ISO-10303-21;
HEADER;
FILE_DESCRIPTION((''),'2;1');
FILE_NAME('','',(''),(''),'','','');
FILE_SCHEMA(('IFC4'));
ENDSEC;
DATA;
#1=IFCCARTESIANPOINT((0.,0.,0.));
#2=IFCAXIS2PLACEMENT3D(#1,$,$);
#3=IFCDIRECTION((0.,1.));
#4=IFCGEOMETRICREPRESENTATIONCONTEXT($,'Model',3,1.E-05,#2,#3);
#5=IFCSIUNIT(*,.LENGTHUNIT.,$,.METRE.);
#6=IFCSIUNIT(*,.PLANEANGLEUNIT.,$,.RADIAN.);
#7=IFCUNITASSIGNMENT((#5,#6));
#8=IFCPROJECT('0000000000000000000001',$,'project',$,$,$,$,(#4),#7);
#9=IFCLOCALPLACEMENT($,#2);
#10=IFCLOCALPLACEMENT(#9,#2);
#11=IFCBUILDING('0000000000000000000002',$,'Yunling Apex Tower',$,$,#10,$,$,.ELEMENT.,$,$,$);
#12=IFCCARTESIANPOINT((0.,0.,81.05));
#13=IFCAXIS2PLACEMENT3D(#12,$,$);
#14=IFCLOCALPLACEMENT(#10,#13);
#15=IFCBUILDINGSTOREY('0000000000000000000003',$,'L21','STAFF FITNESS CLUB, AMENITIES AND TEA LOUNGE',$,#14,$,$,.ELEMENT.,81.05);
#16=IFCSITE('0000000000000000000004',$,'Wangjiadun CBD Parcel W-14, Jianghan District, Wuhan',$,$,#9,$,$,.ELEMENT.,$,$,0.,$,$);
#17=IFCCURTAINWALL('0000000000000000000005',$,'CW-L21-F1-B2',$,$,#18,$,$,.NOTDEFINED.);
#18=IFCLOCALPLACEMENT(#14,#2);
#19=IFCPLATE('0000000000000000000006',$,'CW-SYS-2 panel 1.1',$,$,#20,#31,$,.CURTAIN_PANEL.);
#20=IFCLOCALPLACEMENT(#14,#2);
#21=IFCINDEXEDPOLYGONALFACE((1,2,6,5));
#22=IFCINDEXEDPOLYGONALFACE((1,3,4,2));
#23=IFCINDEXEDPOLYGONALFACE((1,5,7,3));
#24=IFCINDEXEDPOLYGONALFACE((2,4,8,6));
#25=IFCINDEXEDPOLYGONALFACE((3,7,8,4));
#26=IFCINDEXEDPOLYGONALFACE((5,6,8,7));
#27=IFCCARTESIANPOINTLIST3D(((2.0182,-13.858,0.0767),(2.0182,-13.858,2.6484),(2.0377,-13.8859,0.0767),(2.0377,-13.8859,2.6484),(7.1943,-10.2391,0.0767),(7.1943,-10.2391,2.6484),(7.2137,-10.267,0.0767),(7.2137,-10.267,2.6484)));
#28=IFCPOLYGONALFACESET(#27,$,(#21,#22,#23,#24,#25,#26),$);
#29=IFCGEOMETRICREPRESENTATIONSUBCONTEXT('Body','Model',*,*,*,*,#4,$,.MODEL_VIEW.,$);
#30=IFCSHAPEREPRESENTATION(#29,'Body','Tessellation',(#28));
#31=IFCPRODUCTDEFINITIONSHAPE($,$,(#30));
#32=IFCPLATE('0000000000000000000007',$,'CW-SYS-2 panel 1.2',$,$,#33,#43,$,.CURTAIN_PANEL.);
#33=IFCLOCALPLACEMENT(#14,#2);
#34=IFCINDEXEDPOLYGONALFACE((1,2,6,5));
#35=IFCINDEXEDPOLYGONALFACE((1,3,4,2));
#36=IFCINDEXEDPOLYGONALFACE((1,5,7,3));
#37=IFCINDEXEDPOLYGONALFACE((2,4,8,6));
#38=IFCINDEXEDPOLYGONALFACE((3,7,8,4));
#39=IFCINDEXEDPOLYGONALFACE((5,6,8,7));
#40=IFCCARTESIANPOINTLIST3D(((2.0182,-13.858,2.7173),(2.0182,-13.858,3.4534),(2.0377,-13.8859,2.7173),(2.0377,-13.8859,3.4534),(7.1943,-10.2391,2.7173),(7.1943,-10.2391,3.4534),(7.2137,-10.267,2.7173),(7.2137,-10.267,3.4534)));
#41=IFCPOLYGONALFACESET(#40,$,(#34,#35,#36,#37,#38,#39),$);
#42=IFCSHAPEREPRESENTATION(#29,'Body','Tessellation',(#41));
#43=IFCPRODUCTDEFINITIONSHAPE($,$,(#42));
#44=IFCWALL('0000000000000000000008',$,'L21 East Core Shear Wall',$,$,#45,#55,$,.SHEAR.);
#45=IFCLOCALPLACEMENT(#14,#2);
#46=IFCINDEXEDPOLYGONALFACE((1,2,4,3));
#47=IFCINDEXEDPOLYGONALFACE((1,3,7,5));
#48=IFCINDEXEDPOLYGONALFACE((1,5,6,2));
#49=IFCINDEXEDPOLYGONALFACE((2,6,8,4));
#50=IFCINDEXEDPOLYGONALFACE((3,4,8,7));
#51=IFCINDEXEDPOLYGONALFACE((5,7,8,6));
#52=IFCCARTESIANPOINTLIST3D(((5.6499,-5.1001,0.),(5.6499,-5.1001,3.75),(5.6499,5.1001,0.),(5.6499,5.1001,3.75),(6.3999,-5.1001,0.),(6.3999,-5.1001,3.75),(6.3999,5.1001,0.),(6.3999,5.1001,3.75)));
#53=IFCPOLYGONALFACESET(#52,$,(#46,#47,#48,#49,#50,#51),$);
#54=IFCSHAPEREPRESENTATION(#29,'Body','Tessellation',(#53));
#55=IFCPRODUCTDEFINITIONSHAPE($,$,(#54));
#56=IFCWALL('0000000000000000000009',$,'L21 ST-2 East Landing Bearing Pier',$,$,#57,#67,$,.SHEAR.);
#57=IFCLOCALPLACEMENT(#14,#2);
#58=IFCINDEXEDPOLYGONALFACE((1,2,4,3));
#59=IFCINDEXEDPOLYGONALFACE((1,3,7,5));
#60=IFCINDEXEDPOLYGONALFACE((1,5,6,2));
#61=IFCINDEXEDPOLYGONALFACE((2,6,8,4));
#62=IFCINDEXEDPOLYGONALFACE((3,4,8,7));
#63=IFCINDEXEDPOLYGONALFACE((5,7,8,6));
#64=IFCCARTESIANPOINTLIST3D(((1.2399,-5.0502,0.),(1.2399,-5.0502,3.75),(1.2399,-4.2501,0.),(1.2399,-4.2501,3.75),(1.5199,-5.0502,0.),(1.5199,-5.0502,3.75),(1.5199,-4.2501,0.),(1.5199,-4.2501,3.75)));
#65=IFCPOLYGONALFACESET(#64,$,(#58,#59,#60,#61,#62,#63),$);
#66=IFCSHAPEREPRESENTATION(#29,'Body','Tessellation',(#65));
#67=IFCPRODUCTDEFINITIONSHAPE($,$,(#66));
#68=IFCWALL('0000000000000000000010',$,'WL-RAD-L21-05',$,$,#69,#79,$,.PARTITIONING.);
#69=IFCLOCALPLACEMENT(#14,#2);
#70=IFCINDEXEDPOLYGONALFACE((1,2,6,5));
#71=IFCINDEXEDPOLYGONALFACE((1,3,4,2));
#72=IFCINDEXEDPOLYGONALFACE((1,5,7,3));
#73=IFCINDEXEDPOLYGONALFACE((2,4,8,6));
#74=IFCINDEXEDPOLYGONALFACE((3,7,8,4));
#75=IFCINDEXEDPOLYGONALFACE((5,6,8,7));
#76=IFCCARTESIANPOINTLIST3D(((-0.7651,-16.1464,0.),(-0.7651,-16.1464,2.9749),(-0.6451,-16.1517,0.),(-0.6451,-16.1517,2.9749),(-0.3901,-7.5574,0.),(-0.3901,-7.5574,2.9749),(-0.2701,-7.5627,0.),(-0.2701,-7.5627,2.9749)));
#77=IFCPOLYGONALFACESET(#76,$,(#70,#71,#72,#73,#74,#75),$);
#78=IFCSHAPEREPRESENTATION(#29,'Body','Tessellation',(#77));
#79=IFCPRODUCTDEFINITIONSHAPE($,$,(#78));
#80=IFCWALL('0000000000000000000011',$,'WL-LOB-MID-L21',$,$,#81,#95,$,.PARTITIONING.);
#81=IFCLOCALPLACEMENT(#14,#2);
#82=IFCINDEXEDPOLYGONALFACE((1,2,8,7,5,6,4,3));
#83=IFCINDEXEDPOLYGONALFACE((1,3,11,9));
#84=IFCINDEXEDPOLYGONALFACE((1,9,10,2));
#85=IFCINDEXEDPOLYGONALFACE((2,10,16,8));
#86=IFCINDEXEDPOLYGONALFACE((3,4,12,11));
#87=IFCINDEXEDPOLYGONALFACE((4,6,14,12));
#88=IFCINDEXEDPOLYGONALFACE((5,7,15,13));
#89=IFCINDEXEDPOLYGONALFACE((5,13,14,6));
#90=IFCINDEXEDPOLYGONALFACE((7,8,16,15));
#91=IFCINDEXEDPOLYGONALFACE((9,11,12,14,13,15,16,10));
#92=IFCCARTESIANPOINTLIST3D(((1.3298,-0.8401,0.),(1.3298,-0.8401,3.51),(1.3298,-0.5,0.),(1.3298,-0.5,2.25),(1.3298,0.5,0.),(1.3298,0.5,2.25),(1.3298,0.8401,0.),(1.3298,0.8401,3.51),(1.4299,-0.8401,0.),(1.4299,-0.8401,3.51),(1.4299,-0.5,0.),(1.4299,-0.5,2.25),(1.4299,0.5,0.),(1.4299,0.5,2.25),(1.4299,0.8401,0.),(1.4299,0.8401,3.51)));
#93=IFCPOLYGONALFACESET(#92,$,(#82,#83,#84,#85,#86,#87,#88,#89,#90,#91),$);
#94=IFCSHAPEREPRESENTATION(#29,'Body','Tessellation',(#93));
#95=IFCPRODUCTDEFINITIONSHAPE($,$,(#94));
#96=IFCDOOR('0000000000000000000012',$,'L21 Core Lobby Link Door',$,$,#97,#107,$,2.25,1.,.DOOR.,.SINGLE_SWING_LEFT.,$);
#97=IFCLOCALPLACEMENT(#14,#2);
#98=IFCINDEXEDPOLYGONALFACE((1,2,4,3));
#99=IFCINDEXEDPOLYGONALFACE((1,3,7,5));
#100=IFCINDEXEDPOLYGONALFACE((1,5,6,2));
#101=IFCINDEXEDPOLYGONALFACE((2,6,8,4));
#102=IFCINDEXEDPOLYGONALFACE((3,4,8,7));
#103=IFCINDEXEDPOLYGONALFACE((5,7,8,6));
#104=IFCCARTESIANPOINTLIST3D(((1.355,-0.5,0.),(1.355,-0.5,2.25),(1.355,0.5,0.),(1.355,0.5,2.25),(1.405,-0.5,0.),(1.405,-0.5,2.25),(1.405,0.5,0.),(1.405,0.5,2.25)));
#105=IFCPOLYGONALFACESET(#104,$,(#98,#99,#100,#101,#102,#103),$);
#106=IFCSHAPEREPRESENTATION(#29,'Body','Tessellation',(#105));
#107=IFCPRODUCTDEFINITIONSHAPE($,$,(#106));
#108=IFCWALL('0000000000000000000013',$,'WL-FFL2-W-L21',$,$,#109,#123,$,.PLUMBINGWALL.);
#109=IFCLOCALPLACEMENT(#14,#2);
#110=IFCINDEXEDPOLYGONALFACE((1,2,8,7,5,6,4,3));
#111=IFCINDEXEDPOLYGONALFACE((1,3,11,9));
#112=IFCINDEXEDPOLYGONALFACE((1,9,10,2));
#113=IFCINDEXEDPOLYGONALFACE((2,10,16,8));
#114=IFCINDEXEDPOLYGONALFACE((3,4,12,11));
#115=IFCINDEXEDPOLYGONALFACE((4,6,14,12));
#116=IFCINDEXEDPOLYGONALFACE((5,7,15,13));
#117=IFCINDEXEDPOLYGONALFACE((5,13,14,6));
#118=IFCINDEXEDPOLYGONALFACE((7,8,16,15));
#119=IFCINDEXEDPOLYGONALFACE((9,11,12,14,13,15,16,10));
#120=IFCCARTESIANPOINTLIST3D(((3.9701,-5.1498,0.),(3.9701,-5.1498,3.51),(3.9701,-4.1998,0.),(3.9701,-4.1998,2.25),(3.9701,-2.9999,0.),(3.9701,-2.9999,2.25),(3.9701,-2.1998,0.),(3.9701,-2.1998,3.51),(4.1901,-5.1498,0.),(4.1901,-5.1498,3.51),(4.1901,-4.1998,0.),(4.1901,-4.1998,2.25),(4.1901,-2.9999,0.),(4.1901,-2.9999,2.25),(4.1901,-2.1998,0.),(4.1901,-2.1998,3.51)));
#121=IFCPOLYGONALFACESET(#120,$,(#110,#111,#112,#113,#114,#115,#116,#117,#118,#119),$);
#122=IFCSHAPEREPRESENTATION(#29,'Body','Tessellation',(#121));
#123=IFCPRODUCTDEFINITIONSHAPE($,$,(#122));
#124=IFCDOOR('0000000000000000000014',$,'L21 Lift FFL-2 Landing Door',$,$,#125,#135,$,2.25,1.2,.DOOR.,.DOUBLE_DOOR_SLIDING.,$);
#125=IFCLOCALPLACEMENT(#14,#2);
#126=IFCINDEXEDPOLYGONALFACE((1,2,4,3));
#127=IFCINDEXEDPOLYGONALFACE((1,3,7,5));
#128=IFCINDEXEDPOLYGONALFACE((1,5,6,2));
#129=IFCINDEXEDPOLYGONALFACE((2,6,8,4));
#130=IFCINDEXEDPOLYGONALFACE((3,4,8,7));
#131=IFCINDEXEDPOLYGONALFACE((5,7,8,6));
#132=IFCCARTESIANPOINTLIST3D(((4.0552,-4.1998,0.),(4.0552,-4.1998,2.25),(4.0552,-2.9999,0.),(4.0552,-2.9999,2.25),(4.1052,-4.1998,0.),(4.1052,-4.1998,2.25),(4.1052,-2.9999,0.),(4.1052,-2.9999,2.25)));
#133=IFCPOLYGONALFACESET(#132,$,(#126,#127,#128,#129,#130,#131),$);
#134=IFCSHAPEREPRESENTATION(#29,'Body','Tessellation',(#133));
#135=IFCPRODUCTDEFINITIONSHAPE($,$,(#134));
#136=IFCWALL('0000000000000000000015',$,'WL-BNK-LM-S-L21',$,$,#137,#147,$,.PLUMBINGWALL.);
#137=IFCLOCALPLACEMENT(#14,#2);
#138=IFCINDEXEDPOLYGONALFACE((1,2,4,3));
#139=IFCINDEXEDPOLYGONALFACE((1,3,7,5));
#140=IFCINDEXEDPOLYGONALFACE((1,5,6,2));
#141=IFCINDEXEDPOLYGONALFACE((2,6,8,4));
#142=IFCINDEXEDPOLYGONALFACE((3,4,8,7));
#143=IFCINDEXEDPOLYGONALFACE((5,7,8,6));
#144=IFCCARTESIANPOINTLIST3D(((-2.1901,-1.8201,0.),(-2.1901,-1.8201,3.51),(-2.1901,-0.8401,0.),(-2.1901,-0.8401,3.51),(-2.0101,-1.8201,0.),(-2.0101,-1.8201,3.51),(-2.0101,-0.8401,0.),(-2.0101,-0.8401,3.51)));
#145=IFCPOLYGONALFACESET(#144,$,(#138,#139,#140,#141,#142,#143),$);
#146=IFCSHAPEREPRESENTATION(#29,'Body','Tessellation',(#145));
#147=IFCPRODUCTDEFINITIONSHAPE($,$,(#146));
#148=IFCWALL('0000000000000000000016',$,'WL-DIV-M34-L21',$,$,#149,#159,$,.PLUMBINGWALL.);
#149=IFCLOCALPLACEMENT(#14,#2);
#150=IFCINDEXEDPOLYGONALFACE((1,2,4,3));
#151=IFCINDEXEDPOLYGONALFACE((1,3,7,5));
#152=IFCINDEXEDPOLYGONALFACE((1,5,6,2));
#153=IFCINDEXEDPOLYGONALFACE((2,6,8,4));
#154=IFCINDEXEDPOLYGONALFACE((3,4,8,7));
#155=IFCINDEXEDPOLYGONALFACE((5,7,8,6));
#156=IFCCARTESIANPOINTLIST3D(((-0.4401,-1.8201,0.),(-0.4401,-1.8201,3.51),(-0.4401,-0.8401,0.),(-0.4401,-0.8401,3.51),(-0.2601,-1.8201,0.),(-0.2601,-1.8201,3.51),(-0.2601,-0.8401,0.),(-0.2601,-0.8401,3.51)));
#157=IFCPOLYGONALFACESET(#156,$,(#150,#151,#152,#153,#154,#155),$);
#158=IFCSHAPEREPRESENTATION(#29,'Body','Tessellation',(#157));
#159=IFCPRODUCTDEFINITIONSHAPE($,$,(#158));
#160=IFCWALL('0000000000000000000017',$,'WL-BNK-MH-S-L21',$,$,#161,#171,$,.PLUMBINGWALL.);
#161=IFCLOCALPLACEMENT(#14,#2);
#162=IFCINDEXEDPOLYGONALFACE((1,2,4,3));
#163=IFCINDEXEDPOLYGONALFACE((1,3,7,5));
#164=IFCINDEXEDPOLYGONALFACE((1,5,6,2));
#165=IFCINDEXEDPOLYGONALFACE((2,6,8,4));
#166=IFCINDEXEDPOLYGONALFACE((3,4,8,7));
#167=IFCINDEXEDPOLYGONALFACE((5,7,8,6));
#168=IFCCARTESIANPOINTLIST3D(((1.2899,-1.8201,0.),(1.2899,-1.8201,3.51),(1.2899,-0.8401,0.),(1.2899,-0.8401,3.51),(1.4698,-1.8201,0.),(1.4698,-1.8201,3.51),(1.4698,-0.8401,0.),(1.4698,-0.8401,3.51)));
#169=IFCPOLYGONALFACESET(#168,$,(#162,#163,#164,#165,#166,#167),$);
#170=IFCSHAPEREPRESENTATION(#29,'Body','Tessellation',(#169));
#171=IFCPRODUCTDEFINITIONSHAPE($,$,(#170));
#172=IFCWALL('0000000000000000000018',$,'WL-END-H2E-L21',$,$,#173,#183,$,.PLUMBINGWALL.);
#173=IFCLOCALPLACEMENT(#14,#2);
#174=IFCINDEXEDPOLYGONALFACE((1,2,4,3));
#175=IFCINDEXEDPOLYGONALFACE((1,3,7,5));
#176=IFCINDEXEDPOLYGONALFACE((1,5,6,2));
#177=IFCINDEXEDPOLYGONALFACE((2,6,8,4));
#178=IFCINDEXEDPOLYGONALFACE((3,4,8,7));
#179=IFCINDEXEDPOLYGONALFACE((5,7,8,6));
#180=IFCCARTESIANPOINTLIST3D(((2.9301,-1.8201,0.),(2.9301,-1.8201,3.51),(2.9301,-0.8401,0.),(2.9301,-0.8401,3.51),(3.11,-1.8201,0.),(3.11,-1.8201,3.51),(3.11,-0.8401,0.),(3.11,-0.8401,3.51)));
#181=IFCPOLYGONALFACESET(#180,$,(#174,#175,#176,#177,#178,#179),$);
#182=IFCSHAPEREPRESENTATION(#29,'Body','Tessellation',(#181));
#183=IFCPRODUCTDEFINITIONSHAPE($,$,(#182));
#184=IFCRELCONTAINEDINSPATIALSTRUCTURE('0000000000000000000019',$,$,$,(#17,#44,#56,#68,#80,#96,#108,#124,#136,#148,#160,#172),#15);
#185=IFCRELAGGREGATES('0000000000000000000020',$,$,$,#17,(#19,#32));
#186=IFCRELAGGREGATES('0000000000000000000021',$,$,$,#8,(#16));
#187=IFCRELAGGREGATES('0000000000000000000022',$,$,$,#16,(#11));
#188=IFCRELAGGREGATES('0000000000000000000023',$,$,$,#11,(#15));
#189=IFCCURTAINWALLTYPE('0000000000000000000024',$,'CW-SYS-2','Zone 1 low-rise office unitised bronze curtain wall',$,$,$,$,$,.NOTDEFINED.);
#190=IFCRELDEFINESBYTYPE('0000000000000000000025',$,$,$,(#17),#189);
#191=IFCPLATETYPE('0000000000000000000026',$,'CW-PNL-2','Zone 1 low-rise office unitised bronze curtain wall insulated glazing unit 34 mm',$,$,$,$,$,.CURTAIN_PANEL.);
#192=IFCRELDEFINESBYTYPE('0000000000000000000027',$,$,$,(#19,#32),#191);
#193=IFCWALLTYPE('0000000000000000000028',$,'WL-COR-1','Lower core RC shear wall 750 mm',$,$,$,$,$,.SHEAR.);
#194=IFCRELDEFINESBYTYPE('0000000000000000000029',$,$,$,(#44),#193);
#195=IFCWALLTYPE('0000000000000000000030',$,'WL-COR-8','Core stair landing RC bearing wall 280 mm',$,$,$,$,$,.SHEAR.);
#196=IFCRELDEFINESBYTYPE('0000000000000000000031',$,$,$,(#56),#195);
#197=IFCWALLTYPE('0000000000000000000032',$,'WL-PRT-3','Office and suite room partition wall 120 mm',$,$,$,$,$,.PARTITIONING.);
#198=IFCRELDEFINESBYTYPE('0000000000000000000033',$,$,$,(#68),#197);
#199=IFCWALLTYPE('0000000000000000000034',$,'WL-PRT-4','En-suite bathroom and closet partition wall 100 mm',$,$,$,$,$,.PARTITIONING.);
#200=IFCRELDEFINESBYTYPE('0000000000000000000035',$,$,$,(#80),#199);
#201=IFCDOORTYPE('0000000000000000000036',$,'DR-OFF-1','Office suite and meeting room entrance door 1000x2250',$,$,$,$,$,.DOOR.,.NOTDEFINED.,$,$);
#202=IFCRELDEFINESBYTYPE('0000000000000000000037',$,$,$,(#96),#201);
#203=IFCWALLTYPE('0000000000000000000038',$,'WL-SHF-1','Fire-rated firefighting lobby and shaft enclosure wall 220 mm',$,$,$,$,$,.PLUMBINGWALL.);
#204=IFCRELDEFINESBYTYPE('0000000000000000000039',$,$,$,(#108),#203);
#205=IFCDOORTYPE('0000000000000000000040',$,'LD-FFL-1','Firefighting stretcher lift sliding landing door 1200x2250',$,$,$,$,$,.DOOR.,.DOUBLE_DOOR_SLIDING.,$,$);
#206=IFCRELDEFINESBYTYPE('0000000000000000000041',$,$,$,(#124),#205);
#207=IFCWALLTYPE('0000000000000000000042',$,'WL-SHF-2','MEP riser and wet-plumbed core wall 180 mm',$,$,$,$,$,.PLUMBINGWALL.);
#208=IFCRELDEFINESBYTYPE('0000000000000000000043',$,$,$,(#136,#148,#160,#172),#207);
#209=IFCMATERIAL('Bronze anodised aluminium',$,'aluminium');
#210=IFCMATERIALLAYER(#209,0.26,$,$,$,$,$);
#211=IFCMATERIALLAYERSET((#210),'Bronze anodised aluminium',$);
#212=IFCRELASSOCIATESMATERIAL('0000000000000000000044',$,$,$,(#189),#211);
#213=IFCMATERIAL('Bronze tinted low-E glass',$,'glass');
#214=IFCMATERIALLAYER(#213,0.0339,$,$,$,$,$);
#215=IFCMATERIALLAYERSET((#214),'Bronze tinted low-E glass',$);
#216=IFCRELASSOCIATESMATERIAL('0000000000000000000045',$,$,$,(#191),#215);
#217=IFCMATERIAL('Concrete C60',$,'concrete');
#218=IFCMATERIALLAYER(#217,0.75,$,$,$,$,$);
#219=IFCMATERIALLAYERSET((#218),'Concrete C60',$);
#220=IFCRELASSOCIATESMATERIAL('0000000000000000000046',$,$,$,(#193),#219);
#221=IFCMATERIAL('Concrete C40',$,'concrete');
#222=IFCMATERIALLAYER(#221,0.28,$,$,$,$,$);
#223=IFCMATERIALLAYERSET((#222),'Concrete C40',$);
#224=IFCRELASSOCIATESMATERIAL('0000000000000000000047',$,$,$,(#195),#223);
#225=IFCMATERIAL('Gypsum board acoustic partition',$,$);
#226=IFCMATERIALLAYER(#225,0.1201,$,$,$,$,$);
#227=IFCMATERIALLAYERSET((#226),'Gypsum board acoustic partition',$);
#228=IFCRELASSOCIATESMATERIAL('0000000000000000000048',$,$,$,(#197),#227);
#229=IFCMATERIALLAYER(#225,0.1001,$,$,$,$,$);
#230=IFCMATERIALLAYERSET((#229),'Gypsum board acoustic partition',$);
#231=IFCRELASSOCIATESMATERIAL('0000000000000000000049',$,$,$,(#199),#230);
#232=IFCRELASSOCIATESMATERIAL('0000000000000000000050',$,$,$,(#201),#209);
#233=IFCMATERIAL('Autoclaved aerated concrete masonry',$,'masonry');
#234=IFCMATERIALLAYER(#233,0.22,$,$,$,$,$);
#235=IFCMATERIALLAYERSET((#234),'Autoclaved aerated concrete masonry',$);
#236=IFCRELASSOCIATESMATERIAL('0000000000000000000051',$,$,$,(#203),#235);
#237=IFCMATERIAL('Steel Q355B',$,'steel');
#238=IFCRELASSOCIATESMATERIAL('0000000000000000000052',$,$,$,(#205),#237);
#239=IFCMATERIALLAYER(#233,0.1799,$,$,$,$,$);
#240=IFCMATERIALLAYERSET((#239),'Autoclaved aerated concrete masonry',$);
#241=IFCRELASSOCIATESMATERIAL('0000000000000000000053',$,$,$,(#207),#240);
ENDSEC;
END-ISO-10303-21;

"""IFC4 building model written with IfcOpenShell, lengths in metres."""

from ifc_helpers import new_model, si_unit, direction, frame, frame_2d, origin, origin_2d, place, context, subcontext, project, spatial, rectangle, extrude, source, transform, mapped, material, layer, layer_set, type_object, element, fill, aggregate, save


model = new_model("IFC4")

# Units and contexts
model_context = context("Model", 3, precision=1e-05, world=origin(), true_north=direction((0.0, 1.0)))
body_context = subcontext(model_context, "Body", "Model", "MODEL_VIEW")
ifc_project = project(units=[si_unit("LENGTHUNIT", "METRE"), si_unit("PLANEANGLEUNIT", "RADIAN")], contexts=[model_context])

# Site, building, storey
site_placement = place(None, origin())
site = spatial("IfcSite", under=ifc_project, at=site_placement, Name="Wangjiadun CBD Parcel W-14, Jianghan District, Wuhan", CompositionType="ELEMENT", RefElevation=0.0)
building_placement = place(site_placement, origin())
building = spatial("IfcBuilding", under=site, at=building_placement, Name="Yunling Apex Tower", CompositionType="ELEMENT")
storey_placement = place(building_placement, frame((0.0, 0.0, 81.05)))
storey = spatial("IfcBuildingStorey", under=building, at=storey_placement, Name="L21", Description="STAFF FITNESS CLUB, AMENITIES AND TEA LOUNGE", CompositionType="ELEMENT", Elevation=81.05)

# Curtain wall, plates
ifc_material_1 = material(Name="Bronze anodised aluminium", Category="aluminium")
ifc_layer_1 = layer(ifc_material_1, 0.26)
ifc_layer_set_1 = layer_set([ifc_layer_1], Name="Bronze anodised aluminium")
curtain_wall_type = type_object("IfcCurtainWallType", Name="CW-SYS-2", Description="Zone 1 low-rise office unitised bronze curtain wall", PredefinedType="NOTDEFINED", material=ifc_layer_set_1)
curtain_wall_placement = place(storey_placement, origin())
curtain_wall = element("IfcCurtainWall", 1, at=curtain_wall_placement, inside=storey, type_object=curtain_wall_type, Name="CW-L21-F1-B2", PredefinedType="NOTDEFINED")
ifc_material_2 = material(Name="Bronze tinted low-E glass", Category="glass")
ifc_layer_2 = layer(ifc_material_2, 0.0339)
ifc_layer_set_2 = layer_set([ifc_layer_2], Name="Bronze tinted low-E glass")
plate_type = type_object("IfcPlateType", Name="CW-PNL-2", Description="Zone 1 low-rise office unitised bronze curtain wall insulated glazing unit 34 mm", PredefinedType="CURTAIN_PANEL", material=ifc_layer_set_2)
shared_shape_1 = source(origin(), body_context, "Body", "SweptSolid", [
    extrude(rectangle(XDim=6.3157, YDim=0.0339, at=origin_2d()), origin(), (0.0, 0.0, 1.0), 2.5718),
])
plate_1_placement = place(storey_placement, frame((4.616, -12.0625, 0.0767), z_axis=(0.0, 0.0, 1.0), x_axis=(0.819553, 0.573003, 0.0)))
plate_1 = element("IfcPlate", 2, at=plate_1_placement, type_object=plate_type, Name="CW-SYS-2 panel 1.1", PredefinedType="CURTAIN_PANEL", context=body_context, shape_type="MappedRepresentation", body=[
    mapped(shared_shape_1, transform((0.0, 0.0, 0.0), scale=1.0)),
])
shared_shape_2 = source(origin(), body_context, "Body", "SweptSolid", [
    extrude(rectangle(XDim=6.3157, YDim=0.0339, at=origin_2d()), origin(), (0.0, 0.0, 1.0), 0.7361),
])
plate_2_placement = place(storey_placement, frame((4.616, -12.0625, 2.7173), z_axis=(0.0, 0.0, 1.0), x_axis=(0.819553, 0.573003, 0.0)))
plate_2 = element("IfcPlate", 3, at=plate_2_placement, type_object=plate_type, Name="CW-SYS-2 panel 1.2", PredefinedType="CURTAIN_PANEL", context=body_context, shape_type="MappedRepresentation", body=[
    mapped(shared_shape_2, transform((0.0, 0.0, 0.0), scale=1.0)),
])
aggregate(curtain_wall, [plate_1, plate_2])

# Walls
ifc_material_3 = material(Name="Concrete C60", Category="concrete")
ifc_layer_3 = layer(ifc_material_3, 0.75)
ifc_layer_set_3 = layer_set([ifc_layer_3], Name="Concrete C60")
wall_type_1 = type_object("IfcWallType", Name="WL-COR-1", Description="Lower core RC shear wall 750 mm", PredefinedType="SHEAR", material=ifc_layer_set_3)
wall_1_placement = place(storey_placement, frame((6.0249, -5.1001, 0.0), z_axis=(0.0, 0.0, 1.0), x_axis=(0.0, 1.0, 0.0)))
element("IfcWall", 4, at=wall_1_placement, inside=storey, type_object=wall_type_1, Name="L21 East Core Shear Wall", PredefinedType="SHEAR", context=body_context, shape_type="SweptSolid", body=[
    extrude(rectangle(XDim=10.2002, YDim=0.75, at=frame_2d((5.1001, 0.0))), origin(), (0.0, 0.0, 1.0), 3.75),
])
ifc_material_4 = material(Name="Concrete C40", Category="concrete")
ifc_layer_4 = layer(ifc_material_4, 0.28)
ifc_layer_set_4 = layer_set([ifc_layer_4], Name="Concrete C40")
wall_type_2 = type_object("IfcWallType", Name="WL-COR-8", Description="Core stair landing RC bearing wall 280 mm", PredefinedType="SHEAR", material=ifc_layer_set_4)
wall_2_placement = place(storey_placement, frame((1.3799, -5.05, 0.0), z_axis=(0.0, 0.0, 1.0), x_axis=(0.0, 1.0, 0.0)))
element("IfcWall", 5, at=wall_2_placement, inside=storey, type_object=wall_type_2, Name="L21 ST-2 East Landing Bearing Pier", PredefinedType="SHEAR", context=body_context, shape_type="SweptSolid", body=[
    extrude(rectangle(XDim=0.8, YDim=0.28, at=frame_2d((0.3999, 0.0))), origin(), (0.0, 0.0, 1.0), 3.75),
])
ifc_material_5 = material(Name="Gypsum board acoustic partition")
ifc_layer_5 = layer(ifc_material_5, 0.1201)
ifc_layer_set_5 = layer_set([ifc_layer_5], Name="Gypsum board acoustic partition")
wall_type_3 = type_object("IfcWallType", Name="WL-PRT-3", Description="Office and suite room partition wall 120 mm", PredefinedType="PARTITIONING", material=ifc_layer_set_5)
wall_3_placement = place(storey_placement, frame((-0.3301, -7.5601, 0.0), z_axis=(0.0, 0.0, 1.0), x_axis=(-0.04362, -0.999048, 0.0)))
element("IfcWall", 6, at=wall_3_placement, inside=storey, type_object=wall_type_3, Name="WL-RAD-L21-05", PredefinedType="PARTITIONING", context=body_context, shape_type="SweptSolid", body=[
    extrude(rectangle(XDim=8.5972, YDim=0.1201, at=frame_2d((4.2986, 0.0))), origin(), (0.0, 0.0, 1.0), 2.9749),
])

# Walls, openings, doors
ifc_layer_6 = layer(ifc_material_5, 0.1001)
ifc_layer_set_6 = layer_set([ifc_layer_6], Name="Gypsum board acoustic partition")
wall_type_4 = type_object("IfcWallType", Name="WL-PRT-4", Description="En-suite bathroom and closet partition wall 100 mm", PredefinedType="PARTITIONING", material=ifc_layer_set_6)
wall_4_placement = place(storey_placement, frame((1.3799, -0.8401, 0.0), z_axis=(0.0, 0.0, 1.0), x_axis=(0.0, 1.0, 0.0)))
wall_4 = element("IfcWall", 7, at=wall_4_placement, inside=storey, type_object=wall_type_4, Name="WL-LOB-MID-L21", PredefinedType="PARTITIONING", context=body_context, shape_type="SweptSolid", body=[
    extrude(rectangle(XDim=1.6802, YDim=0.1001, at=frame_2d((0.8401, 0.0))), origin(), (0.0, 0.0, 1.0), 3.51),
])
opening_1_placement = place(wall_4_placement, frame((0.3401, 0.0, 0.0)))
opening_1 = element("IfcOpeningElement", 8, at=opening_1_placement, cuts=wall_4, PredefinedType="OPENING", context=body_context, shape_type="SweptSolid", body=[
    extrude(rectangle(XDim=1.0, YDim=2.25, at=frame_2d((0.5, 1.125))), frame((0.0, 0.0601, 0.0), z_axis=(0.0, -1.0, 0.0), x_axis=(1.0, 0.0, 0.0)), (0.0, 0.0, 1.0), 0.1201),
])
door_type_1 = type_object("IfcDoorType", Name="DR-OFF-1", Description="Office suite and meeting room entrance door 1000x2250", OperationType="NOTDEFINED", PredefinedType="DOOR", material=ifc_material_1)
door_1_placement = place(opening_1_placement, origin())
door_1 = element("IfcDoor", 9, at=door_1_placement, inside=storey, type_object=door_type_1, Name="L21 Core Lobby Link Door", OperationType="SINGLE_SWING_LEFT", OverallHeight=2.25, OverallWidth=1.0, PredefinedType="DOOR", context=body_context, shape_type="SweptSolid", body=[
    extrude(rectangle(XDim=1.0, YDim=2.25, at=frame_2d((0.5, 1.125))), frame((0.0, 0.0249, 0.0), z_axis=(0.0, -1.0, 0.0), x_axis=(1.0, 0.0, 0.0)), (0.0, 0.0, 1.0), 0.05),
])
fill(opening_1, door_1)
ifc_material_6 = material(Name="Autoclaved aerated concrete masonry", Category="masonry")
ifc_layer_7 = layer(ifc_material_6, 0.22)
ifc_layer_set_7 = layer_set([ifc_layer_7], Name="Autoclaved aerated concrete masonry")
wall_type_5 = type_object("IfcWallType", Name="WL-SHF-1", Description="Fire-rated firefighting lobby and shaft enclosure wall 220 mm", PredefinedType="PLUMBINGWALL", material=ifc_layer_set_7)
ifc_material_7 = material(Name="Steel Q355B", Category="steel")
wall_5_placement = place(storey_placement, frame((4.0801, -5.1499, 0.0), z_axis=(0.0, 0.0, 1.0), x_axis=(0.0, 1.0, 0.0)))
wall_5 = element("IfcWall", 10, at=wall_5_placement, inside=storey, type_object=wall_type_5, Name="WL-FFL2-W-L21", PredefinedType="PLUMBINGWALL", context=body_context, shape_type="SweptSolid", body=[
    extrude(rectangle(XDim=2.95, YDim=0.22, at=frame_2d((1.4751, 0.0))), origin(), (0.0, 0.0, 1.0), 3.51),
])
opening_2_placement = place(wall_5_placement, frame((0.95, 0.0, 0.0)))
opening_2 = element("IfcOpeningElement", 11, at=opening_2_placement, cuts=wall_5, PredefinedType="OPENING", context=body_context, shape_type="SweptSolid", body=[
    extrude(rectangle(XDim=1.2, YDim=2.25, at=frame_2d((0.6001, 1.125))), frame((0.0, 0.1201, 0.0), z_axis=(0.0, -1.0, 0.0), x_axis=(1.0, 0.0, 0.0)), (0.0, 0.0, 1.0), 0.24),
])
door_type_2 = type_object("IfcDoorType", Name="LD-FFL-1", Description="Firefighting stretcher lift sliding landing door 1200x2250", OperationType="DOUBLE_DOOR_SLIDING", PredefinedType="DOOR", material=ifc_material_7)
door_2_placement = place(opening_2_placement, origin())
door_2 = element("IfcDoor", 12, at=door_2_placement, inside=storey, type_object=door_type_2, Name="L21 Lift FFL-2 Landing Door", OperationType="DOUBLE_DOOR_SLIDING", OverallHeight=2.25, OverallWidth=1.2, PredefinedType="DOOR", context=body_context, shape_type="SweptSolid", body=[
    extrude(rectangle(XDim=1.2, YDim=2.25, at=frame_2d((0.6001, 1.125))), frame((0.0, 0.0249, 0.0), z_axis=(0.0, -1.0, 0.0), x_axis=(1.0, 0.0, 0.0)), (0.0, 0.0, 1.0), 0.05),
])
fill(opening_2, door_2)

# Walls
ifc_layer_8 = layer(ifc_material_6, 0.1799)
ifc_layer_set_8 = layer_set([ifc_layer_8], Name="Autoclaved aerated concrete masonry")
wall_type_6 = type_object("IfcWallType", Name="WL-SHF-2", Description="MEP riser and wet-plumbed core wall 180 mm", PredefinedType="PLUMBINGWALL", material=ifc_layer_set_8)
for number, where, z_axis, x_axis, name in (
    (13, (-2.1001, -1.8201, 0.0), (0.0, 0.0, 1.0), (0.0, 1.0, 0.0), "WL-BNK-LM-S-L21"),
    (14, (-0.3501, -1.8201, 0.0), (0.0, 0.0, 1.0), (0.0, 1.0, 0.0), "WL-DIV-M34-L21"),
    (15, (1.3799, -1.8201, 0.0), (0.0, 0.0, 1.0), (0.0, 1.0, 0.0), "WL-BNK-MH-S-L21"),
    (16, (3.02, -1.8201, 0.0), (0.0, 0.0, 1.0), (0.0, 1.0, 0.0), "WL-END-H2E-L21"),
):
    element("IfcWall", number, at=place(storey_placement, frame(where, z_axis=z_axis, x_axis=x_axis)), inside=storey, type_object=wall_type_6, Name=name, PredefinedType="PLUMBINGWALL", context=body_context, shape_type="SweptSolid", body=[
        extrude(rectangle(XDim=0.98, YDim=0.1799, at=frame_2d((0.49, 0.0))), origin(), (0.0, 0.0, 1.0), 3.51),
    ])

save(model, "model.ifc")
